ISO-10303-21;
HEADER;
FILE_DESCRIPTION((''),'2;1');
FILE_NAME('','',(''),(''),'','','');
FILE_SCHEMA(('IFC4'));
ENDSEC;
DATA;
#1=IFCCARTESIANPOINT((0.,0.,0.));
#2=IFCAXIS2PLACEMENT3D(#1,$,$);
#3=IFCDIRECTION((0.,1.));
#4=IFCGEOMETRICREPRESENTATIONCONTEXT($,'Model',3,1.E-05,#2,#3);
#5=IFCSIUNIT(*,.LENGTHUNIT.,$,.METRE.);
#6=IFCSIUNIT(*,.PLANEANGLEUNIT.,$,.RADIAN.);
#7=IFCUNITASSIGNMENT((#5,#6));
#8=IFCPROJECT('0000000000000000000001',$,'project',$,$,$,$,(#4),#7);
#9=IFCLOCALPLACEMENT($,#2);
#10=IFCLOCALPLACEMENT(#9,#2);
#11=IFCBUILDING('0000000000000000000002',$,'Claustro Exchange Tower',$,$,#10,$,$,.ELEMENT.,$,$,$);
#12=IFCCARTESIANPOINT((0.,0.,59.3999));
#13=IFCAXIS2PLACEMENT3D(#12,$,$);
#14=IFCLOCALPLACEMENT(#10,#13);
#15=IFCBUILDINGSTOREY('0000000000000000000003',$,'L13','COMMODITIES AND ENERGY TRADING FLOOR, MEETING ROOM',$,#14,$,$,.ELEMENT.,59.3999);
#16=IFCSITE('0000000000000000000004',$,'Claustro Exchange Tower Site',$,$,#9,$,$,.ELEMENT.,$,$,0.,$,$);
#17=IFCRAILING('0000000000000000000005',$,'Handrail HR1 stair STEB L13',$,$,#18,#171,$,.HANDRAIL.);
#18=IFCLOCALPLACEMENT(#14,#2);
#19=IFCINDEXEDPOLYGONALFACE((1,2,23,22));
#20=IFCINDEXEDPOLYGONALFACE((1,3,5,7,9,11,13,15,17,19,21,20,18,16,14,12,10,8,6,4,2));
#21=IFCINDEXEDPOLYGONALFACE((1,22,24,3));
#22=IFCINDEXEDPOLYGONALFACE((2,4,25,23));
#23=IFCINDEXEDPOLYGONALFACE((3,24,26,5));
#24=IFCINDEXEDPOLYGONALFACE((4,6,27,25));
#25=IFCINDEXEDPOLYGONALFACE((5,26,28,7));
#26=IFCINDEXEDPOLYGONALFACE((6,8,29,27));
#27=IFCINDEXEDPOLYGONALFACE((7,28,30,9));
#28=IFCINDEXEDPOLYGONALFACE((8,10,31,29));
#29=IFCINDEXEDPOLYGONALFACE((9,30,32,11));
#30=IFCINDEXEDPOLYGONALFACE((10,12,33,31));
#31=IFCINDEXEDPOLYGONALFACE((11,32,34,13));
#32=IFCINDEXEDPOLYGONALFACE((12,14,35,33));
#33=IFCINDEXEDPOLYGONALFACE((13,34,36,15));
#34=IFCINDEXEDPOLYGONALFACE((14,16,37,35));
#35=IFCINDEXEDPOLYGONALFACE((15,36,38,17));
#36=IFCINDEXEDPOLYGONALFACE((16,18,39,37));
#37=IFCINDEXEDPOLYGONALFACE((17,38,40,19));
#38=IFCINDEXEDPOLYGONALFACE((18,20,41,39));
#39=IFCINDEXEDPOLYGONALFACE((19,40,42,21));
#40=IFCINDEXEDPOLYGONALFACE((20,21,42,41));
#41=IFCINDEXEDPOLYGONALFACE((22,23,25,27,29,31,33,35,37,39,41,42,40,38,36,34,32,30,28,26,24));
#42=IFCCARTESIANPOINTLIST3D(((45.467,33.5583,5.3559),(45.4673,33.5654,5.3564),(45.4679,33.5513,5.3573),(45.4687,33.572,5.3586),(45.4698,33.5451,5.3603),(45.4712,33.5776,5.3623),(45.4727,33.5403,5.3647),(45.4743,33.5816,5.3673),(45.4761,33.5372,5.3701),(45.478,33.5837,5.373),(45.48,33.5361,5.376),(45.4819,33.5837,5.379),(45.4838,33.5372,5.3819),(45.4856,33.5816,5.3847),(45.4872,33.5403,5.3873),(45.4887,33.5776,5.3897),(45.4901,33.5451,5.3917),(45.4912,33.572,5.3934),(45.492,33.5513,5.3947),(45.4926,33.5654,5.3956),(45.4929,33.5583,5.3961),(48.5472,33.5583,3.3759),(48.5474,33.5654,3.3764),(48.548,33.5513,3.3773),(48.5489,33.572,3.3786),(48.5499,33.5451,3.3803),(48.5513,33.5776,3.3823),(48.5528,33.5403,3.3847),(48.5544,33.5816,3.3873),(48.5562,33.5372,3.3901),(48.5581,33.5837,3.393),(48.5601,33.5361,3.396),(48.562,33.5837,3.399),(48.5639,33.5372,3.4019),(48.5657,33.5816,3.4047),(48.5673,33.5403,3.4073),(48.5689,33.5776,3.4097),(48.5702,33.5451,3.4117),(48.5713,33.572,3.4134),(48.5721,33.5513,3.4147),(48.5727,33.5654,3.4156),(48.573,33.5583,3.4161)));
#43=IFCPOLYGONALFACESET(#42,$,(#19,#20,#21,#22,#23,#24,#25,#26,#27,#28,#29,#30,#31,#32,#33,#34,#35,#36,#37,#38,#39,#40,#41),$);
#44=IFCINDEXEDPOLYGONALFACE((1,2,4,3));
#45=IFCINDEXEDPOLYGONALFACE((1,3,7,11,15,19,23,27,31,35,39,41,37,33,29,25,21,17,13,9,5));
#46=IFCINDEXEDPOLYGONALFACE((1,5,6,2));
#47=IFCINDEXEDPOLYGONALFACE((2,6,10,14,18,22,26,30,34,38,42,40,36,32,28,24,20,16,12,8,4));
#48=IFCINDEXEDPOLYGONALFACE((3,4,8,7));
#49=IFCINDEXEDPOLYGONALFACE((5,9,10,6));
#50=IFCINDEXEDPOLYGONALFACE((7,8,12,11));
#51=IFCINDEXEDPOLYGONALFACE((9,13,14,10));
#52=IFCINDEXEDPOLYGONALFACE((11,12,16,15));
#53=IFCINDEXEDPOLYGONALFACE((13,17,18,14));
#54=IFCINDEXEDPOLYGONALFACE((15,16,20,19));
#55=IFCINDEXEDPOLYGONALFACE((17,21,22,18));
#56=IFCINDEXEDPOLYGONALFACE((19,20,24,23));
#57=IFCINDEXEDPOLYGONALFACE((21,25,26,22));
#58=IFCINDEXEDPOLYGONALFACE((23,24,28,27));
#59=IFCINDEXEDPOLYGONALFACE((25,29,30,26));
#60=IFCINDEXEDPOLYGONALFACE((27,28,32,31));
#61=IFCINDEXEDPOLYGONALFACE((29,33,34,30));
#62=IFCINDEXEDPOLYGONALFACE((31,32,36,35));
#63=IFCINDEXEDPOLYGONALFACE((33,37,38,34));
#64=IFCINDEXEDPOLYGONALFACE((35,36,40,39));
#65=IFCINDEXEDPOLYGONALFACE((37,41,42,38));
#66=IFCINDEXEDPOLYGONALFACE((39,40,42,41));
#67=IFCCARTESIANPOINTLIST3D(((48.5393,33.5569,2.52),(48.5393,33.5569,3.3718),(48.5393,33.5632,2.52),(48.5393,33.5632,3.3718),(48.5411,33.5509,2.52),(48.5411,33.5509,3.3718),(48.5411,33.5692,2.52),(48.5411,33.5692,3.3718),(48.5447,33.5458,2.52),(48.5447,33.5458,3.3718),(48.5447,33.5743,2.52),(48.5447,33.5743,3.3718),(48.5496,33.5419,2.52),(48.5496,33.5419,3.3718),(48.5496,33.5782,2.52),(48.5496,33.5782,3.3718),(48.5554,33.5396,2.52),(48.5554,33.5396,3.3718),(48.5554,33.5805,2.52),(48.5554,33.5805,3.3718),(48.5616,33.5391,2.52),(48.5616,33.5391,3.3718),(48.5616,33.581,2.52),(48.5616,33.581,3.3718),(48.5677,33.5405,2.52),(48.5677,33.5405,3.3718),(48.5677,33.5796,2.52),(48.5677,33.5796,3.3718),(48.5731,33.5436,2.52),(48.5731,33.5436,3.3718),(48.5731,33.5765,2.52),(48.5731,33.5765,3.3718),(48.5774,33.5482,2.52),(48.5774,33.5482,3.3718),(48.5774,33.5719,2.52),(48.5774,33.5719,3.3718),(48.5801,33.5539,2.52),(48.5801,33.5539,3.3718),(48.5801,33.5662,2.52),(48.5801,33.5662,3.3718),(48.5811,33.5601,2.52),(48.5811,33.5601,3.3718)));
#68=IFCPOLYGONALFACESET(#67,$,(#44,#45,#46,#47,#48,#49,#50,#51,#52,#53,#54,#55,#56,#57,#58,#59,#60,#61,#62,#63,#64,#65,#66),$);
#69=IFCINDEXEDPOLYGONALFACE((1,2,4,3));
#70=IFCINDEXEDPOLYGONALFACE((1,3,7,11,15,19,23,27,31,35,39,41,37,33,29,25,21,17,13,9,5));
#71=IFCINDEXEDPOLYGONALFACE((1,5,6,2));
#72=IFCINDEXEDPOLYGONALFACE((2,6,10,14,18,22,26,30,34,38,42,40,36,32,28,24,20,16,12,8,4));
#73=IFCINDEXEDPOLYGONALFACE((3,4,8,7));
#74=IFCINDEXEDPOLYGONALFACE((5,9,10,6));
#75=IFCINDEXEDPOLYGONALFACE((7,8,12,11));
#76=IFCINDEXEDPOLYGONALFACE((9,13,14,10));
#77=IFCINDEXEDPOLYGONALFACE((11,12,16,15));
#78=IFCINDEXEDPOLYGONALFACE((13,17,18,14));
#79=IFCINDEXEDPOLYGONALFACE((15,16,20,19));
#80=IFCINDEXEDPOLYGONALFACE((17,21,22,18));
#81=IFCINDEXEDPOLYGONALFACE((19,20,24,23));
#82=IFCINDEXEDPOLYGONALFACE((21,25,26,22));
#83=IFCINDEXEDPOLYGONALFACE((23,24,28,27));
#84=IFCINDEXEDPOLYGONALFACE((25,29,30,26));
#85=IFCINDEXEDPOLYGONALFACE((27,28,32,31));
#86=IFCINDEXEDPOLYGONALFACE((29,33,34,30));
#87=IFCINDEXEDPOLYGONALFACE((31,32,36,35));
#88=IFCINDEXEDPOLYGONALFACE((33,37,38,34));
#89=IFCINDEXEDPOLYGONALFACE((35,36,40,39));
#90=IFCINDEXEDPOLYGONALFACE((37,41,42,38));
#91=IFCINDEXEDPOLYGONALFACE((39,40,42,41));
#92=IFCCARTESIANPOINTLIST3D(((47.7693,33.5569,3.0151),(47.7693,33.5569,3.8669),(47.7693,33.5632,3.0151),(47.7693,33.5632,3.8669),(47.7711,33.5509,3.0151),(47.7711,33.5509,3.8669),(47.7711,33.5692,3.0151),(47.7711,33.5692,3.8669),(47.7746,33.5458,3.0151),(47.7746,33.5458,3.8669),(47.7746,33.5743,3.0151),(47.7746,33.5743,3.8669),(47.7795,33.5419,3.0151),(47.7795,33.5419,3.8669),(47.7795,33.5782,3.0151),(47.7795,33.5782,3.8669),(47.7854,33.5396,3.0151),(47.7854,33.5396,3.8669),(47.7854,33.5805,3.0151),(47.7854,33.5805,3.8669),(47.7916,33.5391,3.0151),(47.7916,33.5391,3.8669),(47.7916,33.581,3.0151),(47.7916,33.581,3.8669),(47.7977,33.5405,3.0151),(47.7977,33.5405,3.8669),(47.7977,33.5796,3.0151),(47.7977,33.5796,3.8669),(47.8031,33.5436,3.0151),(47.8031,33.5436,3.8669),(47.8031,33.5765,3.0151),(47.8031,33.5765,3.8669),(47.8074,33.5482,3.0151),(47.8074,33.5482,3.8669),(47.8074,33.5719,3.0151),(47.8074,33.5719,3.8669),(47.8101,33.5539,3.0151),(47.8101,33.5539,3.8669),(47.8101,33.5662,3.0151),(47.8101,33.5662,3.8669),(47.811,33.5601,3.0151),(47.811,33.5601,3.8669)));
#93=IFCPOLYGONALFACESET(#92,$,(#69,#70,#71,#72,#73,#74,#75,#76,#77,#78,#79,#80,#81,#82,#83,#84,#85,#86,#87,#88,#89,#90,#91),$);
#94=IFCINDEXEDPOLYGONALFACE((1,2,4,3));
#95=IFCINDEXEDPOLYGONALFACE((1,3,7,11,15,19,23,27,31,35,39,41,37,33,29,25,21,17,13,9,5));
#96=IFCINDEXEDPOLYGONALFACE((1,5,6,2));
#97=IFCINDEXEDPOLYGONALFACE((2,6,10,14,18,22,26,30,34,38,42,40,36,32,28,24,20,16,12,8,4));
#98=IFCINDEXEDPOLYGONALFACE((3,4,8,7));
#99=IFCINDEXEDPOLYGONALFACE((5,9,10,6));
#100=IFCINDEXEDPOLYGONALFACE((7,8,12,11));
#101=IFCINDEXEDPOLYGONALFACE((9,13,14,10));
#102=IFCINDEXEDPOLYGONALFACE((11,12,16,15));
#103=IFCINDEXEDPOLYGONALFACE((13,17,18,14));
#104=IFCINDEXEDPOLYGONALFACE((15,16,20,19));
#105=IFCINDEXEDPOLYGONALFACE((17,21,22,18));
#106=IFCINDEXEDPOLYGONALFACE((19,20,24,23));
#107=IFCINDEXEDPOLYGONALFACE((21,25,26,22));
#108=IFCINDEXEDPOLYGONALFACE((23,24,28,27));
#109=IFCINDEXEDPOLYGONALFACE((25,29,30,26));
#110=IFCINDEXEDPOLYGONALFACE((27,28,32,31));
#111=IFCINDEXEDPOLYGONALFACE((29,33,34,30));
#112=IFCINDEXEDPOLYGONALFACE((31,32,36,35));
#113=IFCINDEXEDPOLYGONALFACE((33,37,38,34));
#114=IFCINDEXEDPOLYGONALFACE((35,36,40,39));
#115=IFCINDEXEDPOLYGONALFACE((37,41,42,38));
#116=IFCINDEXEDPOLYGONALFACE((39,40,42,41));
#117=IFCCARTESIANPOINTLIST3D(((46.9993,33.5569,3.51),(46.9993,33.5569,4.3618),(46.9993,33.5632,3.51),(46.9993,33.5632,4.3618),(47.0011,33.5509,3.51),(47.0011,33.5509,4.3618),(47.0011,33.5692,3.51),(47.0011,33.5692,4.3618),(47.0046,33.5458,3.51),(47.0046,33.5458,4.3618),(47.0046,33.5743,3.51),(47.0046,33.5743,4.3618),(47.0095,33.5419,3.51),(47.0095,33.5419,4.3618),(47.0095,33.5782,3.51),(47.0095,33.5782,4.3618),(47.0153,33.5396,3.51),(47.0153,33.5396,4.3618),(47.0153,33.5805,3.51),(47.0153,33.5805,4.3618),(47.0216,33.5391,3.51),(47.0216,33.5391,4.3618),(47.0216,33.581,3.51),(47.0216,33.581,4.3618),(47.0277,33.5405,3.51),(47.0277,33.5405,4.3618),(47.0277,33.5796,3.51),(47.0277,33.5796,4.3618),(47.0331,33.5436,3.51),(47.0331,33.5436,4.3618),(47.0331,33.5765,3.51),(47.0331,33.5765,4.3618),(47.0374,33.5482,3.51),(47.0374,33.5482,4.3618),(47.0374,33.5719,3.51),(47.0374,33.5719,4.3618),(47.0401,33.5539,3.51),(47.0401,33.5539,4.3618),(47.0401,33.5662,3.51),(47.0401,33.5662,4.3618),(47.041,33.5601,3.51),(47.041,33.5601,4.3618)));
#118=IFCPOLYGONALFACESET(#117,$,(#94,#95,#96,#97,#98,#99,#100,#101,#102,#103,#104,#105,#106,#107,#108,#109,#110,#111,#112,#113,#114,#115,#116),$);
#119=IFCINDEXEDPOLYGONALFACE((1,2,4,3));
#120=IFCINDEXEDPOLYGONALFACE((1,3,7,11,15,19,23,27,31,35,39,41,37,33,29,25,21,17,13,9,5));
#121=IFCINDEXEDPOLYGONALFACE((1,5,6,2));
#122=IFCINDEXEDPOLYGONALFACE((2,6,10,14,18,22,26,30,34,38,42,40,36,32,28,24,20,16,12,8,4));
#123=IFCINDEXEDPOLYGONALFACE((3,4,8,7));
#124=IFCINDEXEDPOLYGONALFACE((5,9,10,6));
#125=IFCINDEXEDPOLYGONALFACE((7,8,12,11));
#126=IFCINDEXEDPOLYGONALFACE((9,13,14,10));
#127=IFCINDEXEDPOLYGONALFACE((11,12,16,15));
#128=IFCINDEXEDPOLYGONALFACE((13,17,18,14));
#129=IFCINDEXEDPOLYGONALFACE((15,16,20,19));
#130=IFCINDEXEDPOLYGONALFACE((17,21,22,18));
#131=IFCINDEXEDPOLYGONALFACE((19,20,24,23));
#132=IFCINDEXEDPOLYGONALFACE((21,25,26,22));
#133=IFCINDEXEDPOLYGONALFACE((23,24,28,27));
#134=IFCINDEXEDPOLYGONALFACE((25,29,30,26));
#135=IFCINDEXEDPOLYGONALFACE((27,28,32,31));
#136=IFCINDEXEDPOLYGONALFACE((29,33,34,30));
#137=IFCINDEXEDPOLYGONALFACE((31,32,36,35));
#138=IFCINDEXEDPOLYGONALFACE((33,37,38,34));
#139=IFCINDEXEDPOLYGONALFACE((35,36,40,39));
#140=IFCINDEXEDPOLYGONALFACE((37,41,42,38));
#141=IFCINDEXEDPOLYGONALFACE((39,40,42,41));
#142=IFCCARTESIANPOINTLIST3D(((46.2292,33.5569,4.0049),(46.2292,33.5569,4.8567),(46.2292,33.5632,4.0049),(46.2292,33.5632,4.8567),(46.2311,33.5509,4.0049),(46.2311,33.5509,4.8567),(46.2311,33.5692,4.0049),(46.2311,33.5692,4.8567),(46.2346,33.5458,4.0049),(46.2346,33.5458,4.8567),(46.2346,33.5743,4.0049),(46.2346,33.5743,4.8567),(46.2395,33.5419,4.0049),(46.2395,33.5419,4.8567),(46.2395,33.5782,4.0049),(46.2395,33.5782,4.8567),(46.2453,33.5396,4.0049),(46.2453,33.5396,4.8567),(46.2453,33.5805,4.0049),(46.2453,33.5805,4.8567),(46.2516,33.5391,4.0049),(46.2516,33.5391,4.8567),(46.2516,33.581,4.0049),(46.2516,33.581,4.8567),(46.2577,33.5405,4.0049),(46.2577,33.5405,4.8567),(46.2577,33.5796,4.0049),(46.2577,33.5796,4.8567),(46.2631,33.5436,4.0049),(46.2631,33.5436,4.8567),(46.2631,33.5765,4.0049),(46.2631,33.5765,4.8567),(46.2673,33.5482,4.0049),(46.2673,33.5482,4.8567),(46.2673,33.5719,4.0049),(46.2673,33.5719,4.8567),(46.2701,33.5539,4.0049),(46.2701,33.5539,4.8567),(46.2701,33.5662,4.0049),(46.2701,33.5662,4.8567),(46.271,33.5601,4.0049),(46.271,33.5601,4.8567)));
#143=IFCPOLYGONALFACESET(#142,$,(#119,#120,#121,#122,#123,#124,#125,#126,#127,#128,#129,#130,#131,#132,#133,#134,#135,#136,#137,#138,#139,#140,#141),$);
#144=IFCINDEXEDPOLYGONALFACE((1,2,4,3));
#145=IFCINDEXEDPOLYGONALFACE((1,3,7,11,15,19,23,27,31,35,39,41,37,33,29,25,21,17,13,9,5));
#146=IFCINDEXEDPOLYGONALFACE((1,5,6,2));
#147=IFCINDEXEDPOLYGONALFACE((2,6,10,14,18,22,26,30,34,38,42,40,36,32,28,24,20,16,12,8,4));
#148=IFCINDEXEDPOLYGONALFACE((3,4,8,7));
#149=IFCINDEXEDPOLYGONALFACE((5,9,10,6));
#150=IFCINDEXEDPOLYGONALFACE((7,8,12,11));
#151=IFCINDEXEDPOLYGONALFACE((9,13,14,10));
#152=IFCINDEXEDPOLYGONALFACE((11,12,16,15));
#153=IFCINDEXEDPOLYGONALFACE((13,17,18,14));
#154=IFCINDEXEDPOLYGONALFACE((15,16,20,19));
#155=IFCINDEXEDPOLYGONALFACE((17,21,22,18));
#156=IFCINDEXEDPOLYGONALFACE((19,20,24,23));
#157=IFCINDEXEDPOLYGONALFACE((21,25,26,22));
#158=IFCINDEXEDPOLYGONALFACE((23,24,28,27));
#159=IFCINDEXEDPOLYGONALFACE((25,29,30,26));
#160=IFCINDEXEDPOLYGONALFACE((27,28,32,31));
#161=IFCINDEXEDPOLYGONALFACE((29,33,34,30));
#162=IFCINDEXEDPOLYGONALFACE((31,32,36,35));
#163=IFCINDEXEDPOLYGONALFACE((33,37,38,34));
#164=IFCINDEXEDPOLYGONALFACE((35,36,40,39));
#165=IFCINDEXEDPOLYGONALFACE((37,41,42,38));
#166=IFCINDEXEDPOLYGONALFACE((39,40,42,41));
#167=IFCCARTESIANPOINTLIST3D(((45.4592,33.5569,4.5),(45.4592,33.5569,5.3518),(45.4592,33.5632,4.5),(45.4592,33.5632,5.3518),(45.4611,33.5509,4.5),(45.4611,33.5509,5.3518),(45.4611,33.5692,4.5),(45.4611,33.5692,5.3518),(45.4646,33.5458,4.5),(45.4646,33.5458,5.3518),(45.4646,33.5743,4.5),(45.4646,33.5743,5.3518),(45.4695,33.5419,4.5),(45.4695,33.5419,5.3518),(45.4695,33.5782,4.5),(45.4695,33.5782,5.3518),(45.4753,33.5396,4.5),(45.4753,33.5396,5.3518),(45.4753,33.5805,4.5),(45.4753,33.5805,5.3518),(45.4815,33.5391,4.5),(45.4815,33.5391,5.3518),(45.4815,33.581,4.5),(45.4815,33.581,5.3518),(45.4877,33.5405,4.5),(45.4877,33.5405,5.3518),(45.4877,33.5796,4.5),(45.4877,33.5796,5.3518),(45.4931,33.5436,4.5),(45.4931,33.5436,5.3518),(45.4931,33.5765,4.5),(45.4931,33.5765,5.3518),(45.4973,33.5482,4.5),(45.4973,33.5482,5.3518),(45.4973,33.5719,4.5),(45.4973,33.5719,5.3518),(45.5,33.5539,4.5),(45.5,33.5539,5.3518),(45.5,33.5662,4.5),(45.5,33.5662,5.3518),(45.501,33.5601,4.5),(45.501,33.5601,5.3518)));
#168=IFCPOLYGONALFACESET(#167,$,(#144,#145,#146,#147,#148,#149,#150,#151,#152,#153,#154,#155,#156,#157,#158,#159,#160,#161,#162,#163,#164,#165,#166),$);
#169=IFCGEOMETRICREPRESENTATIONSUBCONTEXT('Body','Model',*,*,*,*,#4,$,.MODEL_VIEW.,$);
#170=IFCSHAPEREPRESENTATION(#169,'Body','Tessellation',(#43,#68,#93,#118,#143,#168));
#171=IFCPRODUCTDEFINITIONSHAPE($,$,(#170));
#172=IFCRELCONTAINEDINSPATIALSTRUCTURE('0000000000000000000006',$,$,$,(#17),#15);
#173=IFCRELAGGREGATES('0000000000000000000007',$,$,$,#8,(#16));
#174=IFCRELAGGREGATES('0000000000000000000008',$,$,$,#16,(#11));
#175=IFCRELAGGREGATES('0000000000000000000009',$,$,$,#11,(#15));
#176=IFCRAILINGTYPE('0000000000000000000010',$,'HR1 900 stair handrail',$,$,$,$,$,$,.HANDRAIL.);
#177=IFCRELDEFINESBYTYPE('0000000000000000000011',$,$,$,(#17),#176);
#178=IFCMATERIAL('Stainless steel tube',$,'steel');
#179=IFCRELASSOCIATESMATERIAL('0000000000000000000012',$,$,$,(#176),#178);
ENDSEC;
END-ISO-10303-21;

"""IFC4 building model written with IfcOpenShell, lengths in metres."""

from ifc_helpers import new_model, si_unit, direction, frame, origin, origin_2d, place, context, subcontext, project, spatial, circle, extrude, material, type_object, element, save


model = new_model("IFC4")

# Units and contexts
model_context = context("Model", 3, precision=1e-05, world=origin(), true_north=direction((0.0, 1.0)))
body_context = subcontext(model_context, "Body", "Model", "MODEL_VIEW")
ifc_project = project(units=[si_unit("LENGTHUNIT", "METRE"), si_unit("PLANEANGLEUNIT", "RADIAN")], contexts=[model_context])

# Site, building, storey
site_placement = place(None, origin())
site = spatial("IfcSite", under=ifc_project, at=site_placement, Name="Claustro Exchange Tower Site", CompositionType="ELEMENT", RefElevation=0.0)
building_placement = place(site_placement, origin())
building = spatial("IfcBuilding", under=site, at=building_placement, Name="Claustro Exchange Tower", CompositionType="ELEMENT")
storey_placement = place(building_placement, frame((0.0, 0.0, 59.3999)))
storey = spatial("IfcBuildingStorey", under=building, at=storey_placement, Name="L13", Description="COMMODITIES AND ENERGY TRADING FLOOR, MEETING ROOM", CompositionType="ELEMENT", Elevation=59.3999)

# Railing
ifc_material_1 = material(Name="Stainless steel tube", Category="steel")
railing_type_1 = type_object("IfcRailingType", Name="HR1 900 stair handrail", PredefinedType="HANDRAIL", material=ifc_material_1)
railing_1_placement = place(storey_placement, frame((48.5601, 33.5601, 2.52)))
element("IfcRailing", 1, at=railing_1_placement, inside=storey, type_object=railing_type_1, Name="Handrail HR1 stair STEB L13", PredefinedType="HANDRAIL", context=body_context, shape_type="SweptSolid", body=[
    extrude(circle(Radius=0.0239, at=origin_2d()), frame((0.0, 0.0, 0.876), z_axis=(-0.841187, 0.0, 0.540744), x_axis=(0.0, -1.0, 0.0)), (0.0, 0.0, 1.0), 3.6616),
    extrude(circle(Radius=0.021, at=origin_2d()), origin(), (0.0, 0.0, 1.0), 0.8518),
    extrude(circle(Radius=0.021, at=origin_2d()), frame((-0.77, 0.0, 0.4951)), (0.0, 0.0, 1.0), 0.8518),
    extrude(circle(Radius=0.021, at=origin_2d()), frame((-1.54, 0.0, 0.99)), (0.0, 0.0, 1.0), 0.8518),
    extrude(circle(Radius=0.021, at=origin_2d()), frame((-2.3101, 0.0, 1.4849)), (0.0, 0.0, 1.0), 0.8518),
    extrude(circle(Radius=0.021, at=origin_2d()), frame((-3.0801, 0.0, 1.98)), (0.0, 0.0, 1.0), 0.8518),
])

save(model, "model.ifc")
